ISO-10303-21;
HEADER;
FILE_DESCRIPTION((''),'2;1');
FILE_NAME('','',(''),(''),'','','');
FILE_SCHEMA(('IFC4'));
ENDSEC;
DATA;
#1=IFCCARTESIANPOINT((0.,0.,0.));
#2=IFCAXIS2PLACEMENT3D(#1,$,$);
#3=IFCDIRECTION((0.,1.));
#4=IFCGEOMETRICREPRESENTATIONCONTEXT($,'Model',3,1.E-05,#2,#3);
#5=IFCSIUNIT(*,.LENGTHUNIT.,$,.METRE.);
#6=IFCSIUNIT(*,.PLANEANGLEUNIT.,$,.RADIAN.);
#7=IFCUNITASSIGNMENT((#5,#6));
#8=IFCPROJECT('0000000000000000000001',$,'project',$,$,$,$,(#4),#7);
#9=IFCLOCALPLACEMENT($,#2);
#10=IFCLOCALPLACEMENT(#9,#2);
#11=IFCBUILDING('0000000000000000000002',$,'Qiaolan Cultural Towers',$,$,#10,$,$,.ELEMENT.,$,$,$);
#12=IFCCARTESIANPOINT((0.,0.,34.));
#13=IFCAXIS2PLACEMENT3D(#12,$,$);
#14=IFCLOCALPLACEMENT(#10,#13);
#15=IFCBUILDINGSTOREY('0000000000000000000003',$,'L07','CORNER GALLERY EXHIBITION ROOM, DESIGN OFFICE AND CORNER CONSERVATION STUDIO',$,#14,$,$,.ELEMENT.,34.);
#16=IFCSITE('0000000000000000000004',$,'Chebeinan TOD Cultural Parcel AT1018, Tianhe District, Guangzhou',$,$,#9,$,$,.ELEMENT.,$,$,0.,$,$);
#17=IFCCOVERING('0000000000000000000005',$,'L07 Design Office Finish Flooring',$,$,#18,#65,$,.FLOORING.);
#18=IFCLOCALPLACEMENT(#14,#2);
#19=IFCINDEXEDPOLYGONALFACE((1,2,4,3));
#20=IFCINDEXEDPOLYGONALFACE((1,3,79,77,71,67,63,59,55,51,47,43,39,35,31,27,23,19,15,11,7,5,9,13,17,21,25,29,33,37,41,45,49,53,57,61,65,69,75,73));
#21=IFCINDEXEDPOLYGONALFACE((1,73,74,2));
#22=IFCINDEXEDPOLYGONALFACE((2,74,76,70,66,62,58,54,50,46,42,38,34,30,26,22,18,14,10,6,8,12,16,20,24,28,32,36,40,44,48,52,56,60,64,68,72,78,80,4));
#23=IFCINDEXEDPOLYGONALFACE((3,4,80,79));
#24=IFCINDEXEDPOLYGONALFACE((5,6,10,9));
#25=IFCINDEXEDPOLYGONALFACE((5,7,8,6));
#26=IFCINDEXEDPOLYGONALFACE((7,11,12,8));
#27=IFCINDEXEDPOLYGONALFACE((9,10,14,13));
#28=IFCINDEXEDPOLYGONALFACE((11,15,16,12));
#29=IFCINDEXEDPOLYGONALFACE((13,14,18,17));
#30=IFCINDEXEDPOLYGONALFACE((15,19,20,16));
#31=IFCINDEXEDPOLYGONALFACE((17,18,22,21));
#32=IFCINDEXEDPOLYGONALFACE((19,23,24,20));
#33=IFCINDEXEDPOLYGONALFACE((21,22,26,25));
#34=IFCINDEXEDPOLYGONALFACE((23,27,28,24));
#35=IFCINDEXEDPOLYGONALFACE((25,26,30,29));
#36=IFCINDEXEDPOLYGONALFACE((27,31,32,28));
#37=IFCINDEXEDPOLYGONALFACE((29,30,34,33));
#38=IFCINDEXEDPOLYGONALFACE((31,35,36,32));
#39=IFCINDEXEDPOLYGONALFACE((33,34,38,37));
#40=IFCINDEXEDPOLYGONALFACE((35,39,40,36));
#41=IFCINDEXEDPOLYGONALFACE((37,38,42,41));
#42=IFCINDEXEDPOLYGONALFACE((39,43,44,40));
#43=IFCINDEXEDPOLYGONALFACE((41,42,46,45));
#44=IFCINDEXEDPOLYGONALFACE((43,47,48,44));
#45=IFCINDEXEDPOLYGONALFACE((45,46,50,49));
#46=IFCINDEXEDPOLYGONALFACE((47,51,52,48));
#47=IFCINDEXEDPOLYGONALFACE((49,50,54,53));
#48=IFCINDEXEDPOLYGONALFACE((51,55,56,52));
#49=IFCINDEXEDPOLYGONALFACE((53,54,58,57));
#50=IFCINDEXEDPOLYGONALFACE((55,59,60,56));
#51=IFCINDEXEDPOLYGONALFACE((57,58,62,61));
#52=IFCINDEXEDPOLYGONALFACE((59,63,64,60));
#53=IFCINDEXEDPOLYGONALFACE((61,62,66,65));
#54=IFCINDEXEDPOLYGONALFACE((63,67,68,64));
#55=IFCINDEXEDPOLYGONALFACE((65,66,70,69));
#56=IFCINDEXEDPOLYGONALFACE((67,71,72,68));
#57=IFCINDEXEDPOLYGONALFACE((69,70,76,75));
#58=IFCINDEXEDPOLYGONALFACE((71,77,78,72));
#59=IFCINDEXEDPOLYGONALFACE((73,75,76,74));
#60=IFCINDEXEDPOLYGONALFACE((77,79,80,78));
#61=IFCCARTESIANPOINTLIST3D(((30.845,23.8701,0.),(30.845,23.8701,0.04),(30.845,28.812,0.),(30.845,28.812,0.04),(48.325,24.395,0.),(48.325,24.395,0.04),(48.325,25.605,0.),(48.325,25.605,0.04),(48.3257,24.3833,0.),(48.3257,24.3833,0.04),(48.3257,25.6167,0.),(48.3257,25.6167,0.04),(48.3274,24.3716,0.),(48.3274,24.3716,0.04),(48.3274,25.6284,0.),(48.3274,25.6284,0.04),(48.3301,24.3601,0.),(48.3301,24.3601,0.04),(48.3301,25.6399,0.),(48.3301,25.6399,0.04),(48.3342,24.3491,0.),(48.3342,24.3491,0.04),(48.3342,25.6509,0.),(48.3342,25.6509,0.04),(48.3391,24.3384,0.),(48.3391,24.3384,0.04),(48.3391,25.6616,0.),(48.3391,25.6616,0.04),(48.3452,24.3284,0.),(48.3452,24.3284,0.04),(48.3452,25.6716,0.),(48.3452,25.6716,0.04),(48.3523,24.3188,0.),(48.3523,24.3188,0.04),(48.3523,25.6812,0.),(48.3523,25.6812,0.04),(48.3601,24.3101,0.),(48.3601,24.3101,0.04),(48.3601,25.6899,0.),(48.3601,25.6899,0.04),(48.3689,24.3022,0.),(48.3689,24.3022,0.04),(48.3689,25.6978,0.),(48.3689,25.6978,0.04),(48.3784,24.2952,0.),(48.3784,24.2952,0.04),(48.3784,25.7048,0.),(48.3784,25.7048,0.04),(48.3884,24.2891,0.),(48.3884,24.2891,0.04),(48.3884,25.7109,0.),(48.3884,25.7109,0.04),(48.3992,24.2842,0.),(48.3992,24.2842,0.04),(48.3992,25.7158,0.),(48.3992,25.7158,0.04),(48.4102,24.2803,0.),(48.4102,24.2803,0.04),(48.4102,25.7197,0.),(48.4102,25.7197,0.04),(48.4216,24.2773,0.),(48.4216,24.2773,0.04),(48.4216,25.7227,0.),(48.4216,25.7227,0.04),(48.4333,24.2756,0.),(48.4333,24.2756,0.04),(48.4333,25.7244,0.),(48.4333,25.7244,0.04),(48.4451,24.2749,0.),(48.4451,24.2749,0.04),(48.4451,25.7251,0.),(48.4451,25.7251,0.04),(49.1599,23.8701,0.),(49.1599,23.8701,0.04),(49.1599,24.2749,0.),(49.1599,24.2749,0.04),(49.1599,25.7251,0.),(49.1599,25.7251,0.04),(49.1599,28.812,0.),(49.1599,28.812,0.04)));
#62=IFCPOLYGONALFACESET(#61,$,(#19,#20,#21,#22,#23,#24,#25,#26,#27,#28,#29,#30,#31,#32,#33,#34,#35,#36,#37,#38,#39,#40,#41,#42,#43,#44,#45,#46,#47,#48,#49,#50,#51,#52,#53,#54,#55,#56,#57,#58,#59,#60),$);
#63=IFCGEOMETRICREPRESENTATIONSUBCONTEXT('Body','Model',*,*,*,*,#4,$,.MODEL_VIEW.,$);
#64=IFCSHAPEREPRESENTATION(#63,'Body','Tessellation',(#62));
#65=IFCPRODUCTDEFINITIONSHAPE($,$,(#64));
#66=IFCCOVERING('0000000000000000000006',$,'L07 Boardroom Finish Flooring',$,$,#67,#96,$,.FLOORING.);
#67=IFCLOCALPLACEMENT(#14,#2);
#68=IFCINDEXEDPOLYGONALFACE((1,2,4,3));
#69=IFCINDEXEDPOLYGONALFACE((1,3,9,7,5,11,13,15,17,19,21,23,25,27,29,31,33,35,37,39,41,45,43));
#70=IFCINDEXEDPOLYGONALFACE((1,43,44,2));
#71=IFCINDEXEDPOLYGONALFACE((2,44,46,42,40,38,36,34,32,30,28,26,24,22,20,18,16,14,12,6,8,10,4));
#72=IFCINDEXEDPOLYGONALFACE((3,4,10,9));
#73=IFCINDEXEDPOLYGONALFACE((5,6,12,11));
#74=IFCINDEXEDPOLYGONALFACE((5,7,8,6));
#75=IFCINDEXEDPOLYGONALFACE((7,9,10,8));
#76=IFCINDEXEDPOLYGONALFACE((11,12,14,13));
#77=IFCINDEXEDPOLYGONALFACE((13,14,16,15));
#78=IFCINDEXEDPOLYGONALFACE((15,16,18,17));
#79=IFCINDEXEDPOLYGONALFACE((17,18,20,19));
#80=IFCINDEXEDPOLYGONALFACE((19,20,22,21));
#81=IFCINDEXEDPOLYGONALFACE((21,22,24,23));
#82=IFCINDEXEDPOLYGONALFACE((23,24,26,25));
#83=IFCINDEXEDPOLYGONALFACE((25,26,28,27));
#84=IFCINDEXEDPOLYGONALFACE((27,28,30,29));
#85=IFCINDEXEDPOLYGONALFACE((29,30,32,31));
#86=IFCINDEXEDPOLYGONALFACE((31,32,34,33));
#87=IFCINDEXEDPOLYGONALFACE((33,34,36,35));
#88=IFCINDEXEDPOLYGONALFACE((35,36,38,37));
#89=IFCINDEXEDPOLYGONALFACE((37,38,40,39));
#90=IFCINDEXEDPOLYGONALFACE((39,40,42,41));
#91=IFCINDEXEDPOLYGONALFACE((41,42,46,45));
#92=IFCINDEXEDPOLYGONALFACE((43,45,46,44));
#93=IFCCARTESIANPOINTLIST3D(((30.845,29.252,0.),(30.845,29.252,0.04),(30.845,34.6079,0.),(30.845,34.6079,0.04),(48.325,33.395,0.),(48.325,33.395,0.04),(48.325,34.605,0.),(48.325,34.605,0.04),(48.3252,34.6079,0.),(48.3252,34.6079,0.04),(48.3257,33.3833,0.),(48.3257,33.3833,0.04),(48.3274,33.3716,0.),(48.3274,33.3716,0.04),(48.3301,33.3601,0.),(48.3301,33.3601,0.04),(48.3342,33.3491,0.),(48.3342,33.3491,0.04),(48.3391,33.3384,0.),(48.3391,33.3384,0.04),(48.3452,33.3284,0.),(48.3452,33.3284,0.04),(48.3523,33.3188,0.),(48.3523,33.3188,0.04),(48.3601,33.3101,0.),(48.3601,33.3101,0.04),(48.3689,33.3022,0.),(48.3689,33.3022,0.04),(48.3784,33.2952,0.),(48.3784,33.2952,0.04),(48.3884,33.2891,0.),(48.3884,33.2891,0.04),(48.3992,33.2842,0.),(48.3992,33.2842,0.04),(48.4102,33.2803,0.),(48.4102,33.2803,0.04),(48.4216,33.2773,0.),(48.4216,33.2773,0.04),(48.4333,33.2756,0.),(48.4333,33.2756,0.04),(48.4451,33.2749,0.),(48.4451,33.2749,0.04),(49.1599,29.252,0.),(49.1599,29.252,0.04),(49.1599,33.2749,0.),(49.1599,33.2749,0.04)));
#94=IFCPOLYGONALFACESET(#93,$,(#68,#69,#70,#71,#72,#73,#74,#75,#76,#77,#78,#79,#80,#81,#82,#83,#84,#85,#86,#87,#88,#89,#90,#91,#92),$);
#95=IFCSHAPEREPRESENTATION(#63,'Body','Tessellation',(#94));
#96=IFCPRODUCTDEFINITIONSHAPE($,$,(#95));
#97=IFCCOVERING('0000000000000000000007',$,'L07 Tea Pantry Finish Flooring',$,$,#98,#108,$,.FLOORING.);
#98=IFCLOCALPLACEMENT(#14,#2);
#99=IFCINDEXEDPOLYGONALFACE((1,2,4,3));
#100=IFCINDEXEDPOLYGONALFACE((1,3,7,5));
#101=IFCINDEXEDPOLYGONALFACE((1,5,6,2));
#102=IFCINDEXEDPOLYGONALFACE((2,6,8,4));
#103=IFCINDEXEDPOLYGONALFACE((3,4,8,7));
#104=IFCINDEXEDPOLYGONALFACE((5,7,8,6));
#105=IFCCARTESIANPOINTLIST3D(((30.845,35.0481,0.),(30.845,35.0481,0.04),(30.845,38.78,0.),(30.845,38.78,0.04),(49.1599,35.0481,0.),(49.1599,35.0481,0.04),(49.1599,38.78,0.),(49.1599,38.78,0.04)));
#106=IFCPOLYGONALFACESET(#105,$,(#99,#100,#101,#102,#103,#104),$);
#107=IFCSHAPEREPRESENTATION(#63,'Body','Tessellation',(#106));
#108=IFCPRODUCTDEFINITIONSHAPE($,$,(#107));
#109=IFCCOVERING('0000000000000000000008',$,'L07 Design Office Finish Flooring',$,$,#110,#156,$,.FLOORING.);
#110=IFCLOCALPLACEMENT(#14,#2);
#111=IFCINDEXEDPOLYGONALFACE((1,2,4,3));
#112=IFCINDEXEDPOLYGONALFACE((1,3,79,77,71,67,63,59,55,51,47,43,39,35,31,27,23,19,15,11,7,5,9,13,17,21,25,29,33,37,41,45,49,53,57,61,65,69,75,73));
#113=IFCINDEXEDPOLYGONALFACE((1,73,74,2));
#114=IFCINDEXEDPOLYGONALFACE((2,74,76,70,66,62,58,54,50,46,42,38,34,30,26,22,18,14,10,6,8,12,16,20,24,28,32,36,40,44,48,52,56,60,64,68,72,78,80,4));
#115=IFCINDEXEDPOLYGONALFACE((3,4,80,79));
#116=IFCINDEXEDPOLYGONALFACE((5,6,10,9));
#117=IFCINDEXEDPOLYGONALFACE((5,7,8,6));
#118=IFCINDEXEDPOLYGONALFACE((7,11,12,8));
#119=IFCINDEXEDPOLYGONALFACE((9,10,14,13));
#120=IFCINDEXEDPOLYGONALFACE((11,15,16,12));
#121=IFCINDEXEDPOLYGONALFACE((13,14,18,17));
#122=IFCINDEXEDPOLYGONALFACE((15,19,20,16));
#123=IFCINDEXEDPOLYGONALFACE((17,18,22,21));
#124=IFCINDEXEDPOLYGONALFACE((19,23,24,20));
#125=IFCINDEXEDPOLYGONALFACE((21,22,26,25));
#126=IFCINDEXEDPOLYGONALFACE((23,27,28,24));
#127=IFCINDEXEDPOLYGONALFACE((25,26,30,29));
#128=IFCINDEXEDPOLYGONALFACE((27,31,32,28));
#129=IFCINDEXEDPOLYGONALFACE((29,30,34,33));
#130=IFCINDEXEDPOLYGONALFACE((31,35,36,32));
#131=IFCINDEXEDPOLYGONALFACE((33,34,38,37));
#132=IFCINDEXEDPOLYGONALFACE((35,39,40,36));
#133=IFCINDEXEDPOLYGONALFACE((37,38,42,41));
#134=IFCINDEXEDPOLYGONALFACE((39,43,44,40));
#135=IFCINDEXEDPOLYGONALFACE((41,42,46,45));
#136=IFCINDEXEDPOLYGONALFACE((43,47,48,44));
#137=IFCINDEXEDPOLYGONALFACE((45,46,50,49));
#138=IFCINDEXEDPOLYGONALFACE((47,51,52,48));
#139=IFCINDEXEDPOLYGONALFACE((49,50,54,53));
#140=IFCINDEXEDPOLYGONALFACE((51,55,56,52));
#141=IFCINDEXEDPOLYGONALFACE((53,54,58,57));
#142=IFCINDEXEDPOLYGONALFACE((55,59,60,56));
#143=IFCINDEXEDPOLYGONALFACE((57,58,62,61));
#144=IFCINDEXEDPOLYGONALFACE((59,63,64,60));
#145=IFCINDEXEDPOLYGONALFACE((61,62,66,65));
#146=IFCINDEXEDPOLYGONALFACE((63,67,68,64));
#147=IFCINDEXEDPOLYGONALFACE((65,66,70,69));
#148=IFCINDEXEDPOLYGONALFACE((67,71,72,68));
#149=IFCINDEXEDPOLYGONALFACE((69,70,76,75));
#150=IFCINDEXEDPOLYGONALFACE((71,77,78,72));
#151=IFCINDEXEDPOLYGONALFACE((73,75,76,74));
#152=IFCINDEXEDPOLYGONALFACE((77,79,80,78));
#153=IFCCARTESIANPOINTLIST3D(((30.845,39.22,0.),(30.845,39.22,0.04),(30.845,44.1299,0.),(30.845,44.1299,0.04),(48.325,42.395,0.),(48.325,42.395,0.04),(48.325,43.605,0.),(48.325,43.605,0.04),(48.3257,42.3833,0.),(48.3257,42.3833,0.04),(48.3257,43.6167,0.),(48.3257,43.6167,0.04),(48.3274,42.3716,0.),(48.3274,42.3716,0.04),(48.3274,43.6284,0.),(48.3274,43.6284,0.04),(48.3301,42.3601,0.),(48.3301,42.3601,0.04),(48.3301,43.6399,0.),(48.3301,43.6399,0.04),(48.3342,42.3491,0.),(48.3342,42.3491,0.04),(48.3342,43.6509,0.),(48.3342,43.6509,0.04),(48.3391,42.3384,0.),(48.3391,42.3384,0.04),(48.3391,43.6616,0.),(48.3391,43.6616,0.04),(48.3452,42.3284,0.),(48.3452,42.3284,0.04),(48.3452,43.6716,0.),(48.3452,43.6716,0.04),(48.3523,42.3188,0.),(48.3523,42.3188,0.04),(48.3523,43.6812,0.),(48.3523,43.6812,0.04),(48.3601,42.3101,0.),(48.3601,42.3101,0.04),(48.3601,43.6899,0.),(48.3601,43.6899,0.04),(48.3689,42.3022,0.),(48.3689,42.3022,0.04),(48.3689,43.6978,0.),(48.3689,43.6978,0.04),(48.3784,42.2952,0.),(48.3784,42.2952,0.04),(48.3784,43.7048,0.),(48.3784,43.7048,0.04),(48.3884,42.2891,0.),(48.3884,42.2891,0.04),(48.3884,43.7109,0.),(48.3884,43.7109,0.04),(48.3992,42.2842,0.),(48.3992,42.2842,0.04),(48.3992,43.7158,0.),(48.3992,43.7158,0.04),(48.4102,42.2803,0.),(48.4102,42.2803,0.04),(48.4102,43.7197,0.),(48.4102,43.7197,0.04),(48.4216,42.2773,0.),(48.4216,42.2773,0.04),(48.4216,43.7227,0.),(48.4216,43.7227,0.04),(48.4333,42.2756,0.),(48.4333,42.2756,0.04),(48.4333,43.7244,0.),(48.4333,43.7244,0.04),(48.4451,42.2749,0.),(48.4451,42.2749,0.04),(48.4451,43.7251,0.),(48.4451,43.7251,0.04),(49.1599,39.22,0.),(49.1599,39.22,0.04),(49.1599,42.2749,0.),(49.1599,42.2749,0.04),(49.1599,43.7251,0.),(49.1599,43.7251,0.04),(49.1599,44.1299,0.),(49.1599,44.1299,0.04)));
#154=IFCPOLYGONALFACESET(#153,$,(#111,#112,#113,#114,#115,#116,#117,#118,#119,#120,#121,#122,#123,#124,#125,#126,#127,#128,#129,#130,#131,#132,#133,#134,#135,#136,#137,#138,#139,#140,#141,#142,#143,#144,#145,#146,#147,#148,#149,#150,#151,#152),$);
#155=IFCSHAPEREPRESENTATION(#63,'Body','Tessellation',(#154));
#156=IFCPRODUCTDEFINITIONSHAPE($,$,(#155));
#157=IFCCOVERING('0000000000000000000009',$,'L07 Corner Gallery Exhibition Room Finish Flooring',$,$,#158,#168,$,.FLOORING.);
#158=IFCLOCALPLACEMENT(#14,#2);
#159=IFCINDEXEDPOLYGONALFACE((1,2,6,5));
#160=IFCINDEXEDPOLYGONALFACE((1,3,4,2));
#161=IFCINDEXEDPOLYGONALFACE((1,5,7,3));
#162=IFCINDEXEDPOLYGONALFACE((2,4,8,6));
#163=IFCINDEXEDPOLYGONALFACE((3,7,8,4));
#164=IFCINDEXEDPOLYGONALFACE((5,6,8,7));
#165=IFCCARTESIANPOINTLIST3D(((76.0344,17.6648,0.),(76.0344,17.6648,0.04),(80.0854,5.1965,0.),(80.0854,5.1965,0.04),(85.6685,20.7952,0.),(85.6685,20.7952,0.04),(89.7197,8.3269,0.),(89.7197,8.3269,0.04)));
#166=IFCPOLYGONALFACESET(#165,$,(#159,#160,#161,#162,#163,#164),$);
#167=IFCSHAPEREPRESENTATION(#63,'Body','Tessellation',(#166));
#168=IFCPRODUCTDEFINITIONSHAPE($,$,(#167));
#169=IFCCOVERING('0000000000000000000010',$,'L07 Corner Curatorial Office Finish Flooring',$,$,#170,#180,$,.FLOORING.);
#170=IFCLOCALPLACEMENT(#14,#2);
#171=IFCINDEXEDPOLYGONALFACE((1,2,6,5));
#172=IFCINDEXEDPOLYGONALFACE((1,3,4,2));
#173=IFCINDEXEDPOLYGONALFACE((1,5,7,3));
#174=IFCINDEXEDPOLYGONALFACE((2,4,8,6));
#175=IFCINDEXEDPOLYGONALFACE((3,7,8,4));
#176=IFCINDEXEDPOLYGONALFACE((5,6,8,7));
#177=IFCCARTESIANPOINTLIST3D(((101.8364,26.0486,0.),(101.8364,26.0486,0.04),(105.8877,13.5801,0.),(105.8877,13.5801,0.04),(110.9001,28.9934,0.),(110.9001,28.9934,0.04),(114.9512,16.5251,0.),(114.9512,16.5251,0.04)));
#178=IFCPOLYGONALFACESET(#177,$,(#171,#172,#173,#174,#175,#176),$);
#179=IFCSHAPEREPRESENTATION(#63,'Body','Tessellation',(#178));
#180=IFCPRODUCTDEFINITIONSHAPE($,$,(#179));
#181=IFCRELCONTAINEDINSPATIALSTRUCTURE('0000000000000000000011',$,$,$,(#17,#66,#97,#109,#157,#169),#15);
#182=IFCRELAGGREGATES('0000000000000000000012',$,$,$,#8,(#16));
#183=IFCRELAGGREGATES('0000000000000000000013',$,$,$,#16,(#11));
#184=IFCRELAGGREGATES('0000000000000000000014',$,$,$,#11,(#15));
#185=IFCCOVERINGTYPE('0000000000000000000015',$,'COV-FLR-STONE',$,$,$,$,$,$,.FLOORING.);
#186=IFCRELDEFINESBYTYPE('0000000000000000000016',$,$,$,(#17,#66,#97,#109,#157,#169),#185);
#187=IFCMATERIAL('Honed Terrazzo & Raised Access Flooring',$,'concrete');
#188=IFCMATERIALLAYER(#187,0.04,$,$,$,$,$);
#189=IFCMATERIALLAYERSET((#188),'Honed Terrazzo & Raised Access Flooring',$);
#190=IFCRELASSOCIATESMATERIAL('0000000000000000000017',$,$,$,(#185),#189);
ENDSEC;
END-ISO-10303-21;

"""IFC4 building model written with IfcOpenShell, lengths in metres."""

from ifc_helpers import new_model, si_unit, direction, frame, origin, place, context, subcontext, project, spatial, polyline, outline, extrude, material, layer, layer_set, type_object, element, save


model = new_model("IFC4")

# Units and contexts
model_context = context("Model", 3, precision=1e-05, world=origin(), true_north=direction((0.0, 1.0)))
body_context = subcontext(model_context, "Body", "Model", "MODEL_VIEW")
ifc_project = project(units=[si_unit("LENGTHUNIT", "METRE"), si_unit("PLANEANGLEUNIT", "RADIAN")], contexts=[model_context])

# Site, building, storey
site_placement = place(None, origin())
site = spatial("IfcSite", under=ifc_project, at=site_placement, Name="Chebeinan TOD Cultural Parcel AT1018, Tianhe District, Guangzhou", CompositionType="ELEMENT", RefElevation=0.0)
building_placement = place(site_placement, origin())
building = spatial("IfcBuilding", under=site, at=building_placement, Name="Qiaolan Cultural Towers", CompositionType="ELEMENT")
storey_placement = place(building_placement, frame((0.0, 0.0, 34.0)))
storey = spatial("IfcBuildingStorey", under=building, at=storey_placement, Name="L07", Description="CORNER GALLERY EXHIBITION ROOM, DESIGN OFFICE AND CORNER CONSERVATION STUDIO", CompositionType="ELEMENT", Elevation=34.0)

# Coverings
ifc_material_1 = material(Name="Honed Terrazzo & Raised Access Flooring", Category="concrete")
ifc_layer_1 = layer(ifc_material_1, 0.04)
ifc_layer_set_1 = layer_set([ifc_layer_1], Name="Honed Terrazzo & Raised Access Flooring")
covering_type = type_object("IfcCoveringType", Name="COV-FLR-STONE", PredefinedType="FLOORING", material=ifc_layer_set_1)
covering_1_placement = place(storey_placement, origin())
element("IfcCovering", 1, at=covering_1_placement, inside=storey, type_object=covering_type, Name="L07 Design Office Finish Flooring", PredefinedType="FLOORING", context=body_context, shape_type="SweptSolid", body=[
    extrude(outline(polyline([(49.1599, 24.2749), (48.4451, 24.2749), (48.4333, 24.2756), (48.4216, 24.2773), (48.4102, 24.2803), (48.3992, 24.2842), (48.3884, 24.2891), (48.3784, 24.2952), (48.3689, 24.3022), (48.3601, 24.3101), (48.3523, 24.3188), (48.3452, 24.3284), (48.3391, 24.3384), (48.3342, 24.3491), (48.3301, 24.3601), (48.3274, 24.3716), (48.3257, 24.3833), (48.325, 24.395), (48.325, 25.605), (48.3257, 25.6167), (48.3274, 25.6284), (48.3301, 25.6399), (48.3342, 25.6509), (48.3391, 25.6616), (48.3452, 25.6716), (48.3523, 25.6812), (48.3601, 25.6899), (48.3689, 25.6978), (48.3784, 25.7048), (48.3884, 25.7109), (48.3992, 25.7158), (48.4102, 25.7197), (48.4216, 25.7227), (48.4333, 25.7244), (48.4451, 25.7251), (49.1599, 25.7251), (49.1599, 28.812), (30.845, 28.812), (30.845, 23.8701), (49.1599, 23.8701), (49.1599, 24.2749)])), origin(), (0.0, 0.0, 1.0), 0.04),
])
covering_2_placement = place(storey_placement, origin())
element("IfcCovering", 2, at=covering_2_placement, inside=storey, type_object=covering_type, Name="L07 Boardroom Finish Flooring", PredefinedType="FLOORING", context=body_context, shape_type="SweptSolid", body=[
    extrude(outline(polyline([(30.845, 34.6079), (30.845, 29.252), (49.1599, 29.252), (49.1599, 33.2749), (48.4451, 33.2749), (48.4333, 33.2756), (48.4216, 33.2773), (48.4102, 33.2803), (48.3992, 33.2842), (48.3884, 33.2891), (48.3784, 33.2952), (48.3689, 33.3022), (48.3601, 33.3101), (48.3523, 33.3188), (48.3452, 33.3284), (48.3391, 33.3384), (48.3342, 33.3491), (48.3301, 33.3601), (48.3274, 33.3716), (48.3257, 33.3833), (48.325, 33.395), (48.325, 34.605), (48.3252, 34.6079), (30.845, 34.6079)])), origin(), (0.0, 0.0, 1.0), 0.04),
])
covering_3_placement = place(storey_placement, origin())
element("IfcCovering", 3, at=covering_3_placement, inside=storey, type_object=covering_type, Name="L07 Tea Pantry Finish Flooring", PredefinedType="FLOORING", context=body_context, shape_type="SweptSolid", body=[
    extrude(outline(polyline([(49.1599, 35.0481), (49.1599, 38.78), (30.845, 38.78), (30.845, 35.0481), (49.1599, 35.0481)])), origin(), (0.0, 0.0, 1.0), 0.04),
])
covering_4_placement = place(storey_placement, origin())
element("IfcCovering", 4, at=covering_4_placement, inside=storey, type_object=covering_type, Name="L07 Design Office Finish Flooring", PredefinedType="FLOORING", context=body_context, shape_type="SweptSolid", body=[
    extrude(outline(polyline([(49.1599, 42.2749), (48.4451, 42.2749), (48.4333, 42.2756), (48.4216, 42.2773), (48.4102, 42.2803), (48.3992, 42.2842), (48.3884, 42.2891), (48.3784, 42.2952), (48.3689, 42.3022), (48.3601, 42.3101), (48.3523, 42.3188), (48.3452, 42.3284), (48.3391, 42.3384), (48.3342, 42.3491), (48.3301, 42.3601), (48.3274, 42.3716), (48.3257, 42.3833), (48.325, 42.395), (48.325, 43.605), (48.3257, 43.6167), (48.3274, 43.6284), (48.3301, 43.6399), (48.3342, 43.6509), (48.3391, 43.6616), (48.3452, 43.6716), (48.3523, 43.6812), (48.3601, 43.6899), (48.3689, 43.6978), (48.3784, 43.7048), (48.3884, 43.7109), (48.3992, 43.7158), (48.4102, 43.7197), (48.4216, 43.7227), (48.4333, 43.7244), (48.4451, 43.7251), (49.1599, 43.7251), (49.1599, 44.1299), (30.845, 44.1299), (30.845, 39.22), (49.1599, 39.22), (49.1599, 42.2749)])), origin(), (0.0, 0.0, 1.0), 0.04),
])
covering_5_placement = place(storey_placement, origin())
element("IfcCovering", 5, at=covering_5_placement, inside=storey, type_object=covering_type, Name="L07 Corner Gallery Exhibition Room Finish Flooring", PredefinedType="FLOORING", context=body_context, shape_type="SweptSolid", body=[
    extrude(outline(polyline([(89.7197, 8.3269), (85.6685, 20.7952), (76.0344, 17.6648), (80.0854, 5.1965), (89.7197, 8.3269)])), origin(), (0.0, 0.0, 1.0), 0.04),
])
covering_6_placement = place(storey_placement, origin())
element("IfcCovering", 6, at=covering_6_placement, inside=storey, type_object=covering_type, Name="L07 Corner Curatorial Office Finish Flooring", PredefinedType="FLOORING", context=body_context, shape_type="SweptSolid", body=[
    extrude(outline(polyline([(114.9512, 16.5251), (110.9001, 28.9934), (101.8364, 26.0486), (105.8877, 13.5801), (114.9512, 16.5251)])), origin(), (0.0, 0.0, 1.0), 0.04),
])

save(model, "model.ifc")
